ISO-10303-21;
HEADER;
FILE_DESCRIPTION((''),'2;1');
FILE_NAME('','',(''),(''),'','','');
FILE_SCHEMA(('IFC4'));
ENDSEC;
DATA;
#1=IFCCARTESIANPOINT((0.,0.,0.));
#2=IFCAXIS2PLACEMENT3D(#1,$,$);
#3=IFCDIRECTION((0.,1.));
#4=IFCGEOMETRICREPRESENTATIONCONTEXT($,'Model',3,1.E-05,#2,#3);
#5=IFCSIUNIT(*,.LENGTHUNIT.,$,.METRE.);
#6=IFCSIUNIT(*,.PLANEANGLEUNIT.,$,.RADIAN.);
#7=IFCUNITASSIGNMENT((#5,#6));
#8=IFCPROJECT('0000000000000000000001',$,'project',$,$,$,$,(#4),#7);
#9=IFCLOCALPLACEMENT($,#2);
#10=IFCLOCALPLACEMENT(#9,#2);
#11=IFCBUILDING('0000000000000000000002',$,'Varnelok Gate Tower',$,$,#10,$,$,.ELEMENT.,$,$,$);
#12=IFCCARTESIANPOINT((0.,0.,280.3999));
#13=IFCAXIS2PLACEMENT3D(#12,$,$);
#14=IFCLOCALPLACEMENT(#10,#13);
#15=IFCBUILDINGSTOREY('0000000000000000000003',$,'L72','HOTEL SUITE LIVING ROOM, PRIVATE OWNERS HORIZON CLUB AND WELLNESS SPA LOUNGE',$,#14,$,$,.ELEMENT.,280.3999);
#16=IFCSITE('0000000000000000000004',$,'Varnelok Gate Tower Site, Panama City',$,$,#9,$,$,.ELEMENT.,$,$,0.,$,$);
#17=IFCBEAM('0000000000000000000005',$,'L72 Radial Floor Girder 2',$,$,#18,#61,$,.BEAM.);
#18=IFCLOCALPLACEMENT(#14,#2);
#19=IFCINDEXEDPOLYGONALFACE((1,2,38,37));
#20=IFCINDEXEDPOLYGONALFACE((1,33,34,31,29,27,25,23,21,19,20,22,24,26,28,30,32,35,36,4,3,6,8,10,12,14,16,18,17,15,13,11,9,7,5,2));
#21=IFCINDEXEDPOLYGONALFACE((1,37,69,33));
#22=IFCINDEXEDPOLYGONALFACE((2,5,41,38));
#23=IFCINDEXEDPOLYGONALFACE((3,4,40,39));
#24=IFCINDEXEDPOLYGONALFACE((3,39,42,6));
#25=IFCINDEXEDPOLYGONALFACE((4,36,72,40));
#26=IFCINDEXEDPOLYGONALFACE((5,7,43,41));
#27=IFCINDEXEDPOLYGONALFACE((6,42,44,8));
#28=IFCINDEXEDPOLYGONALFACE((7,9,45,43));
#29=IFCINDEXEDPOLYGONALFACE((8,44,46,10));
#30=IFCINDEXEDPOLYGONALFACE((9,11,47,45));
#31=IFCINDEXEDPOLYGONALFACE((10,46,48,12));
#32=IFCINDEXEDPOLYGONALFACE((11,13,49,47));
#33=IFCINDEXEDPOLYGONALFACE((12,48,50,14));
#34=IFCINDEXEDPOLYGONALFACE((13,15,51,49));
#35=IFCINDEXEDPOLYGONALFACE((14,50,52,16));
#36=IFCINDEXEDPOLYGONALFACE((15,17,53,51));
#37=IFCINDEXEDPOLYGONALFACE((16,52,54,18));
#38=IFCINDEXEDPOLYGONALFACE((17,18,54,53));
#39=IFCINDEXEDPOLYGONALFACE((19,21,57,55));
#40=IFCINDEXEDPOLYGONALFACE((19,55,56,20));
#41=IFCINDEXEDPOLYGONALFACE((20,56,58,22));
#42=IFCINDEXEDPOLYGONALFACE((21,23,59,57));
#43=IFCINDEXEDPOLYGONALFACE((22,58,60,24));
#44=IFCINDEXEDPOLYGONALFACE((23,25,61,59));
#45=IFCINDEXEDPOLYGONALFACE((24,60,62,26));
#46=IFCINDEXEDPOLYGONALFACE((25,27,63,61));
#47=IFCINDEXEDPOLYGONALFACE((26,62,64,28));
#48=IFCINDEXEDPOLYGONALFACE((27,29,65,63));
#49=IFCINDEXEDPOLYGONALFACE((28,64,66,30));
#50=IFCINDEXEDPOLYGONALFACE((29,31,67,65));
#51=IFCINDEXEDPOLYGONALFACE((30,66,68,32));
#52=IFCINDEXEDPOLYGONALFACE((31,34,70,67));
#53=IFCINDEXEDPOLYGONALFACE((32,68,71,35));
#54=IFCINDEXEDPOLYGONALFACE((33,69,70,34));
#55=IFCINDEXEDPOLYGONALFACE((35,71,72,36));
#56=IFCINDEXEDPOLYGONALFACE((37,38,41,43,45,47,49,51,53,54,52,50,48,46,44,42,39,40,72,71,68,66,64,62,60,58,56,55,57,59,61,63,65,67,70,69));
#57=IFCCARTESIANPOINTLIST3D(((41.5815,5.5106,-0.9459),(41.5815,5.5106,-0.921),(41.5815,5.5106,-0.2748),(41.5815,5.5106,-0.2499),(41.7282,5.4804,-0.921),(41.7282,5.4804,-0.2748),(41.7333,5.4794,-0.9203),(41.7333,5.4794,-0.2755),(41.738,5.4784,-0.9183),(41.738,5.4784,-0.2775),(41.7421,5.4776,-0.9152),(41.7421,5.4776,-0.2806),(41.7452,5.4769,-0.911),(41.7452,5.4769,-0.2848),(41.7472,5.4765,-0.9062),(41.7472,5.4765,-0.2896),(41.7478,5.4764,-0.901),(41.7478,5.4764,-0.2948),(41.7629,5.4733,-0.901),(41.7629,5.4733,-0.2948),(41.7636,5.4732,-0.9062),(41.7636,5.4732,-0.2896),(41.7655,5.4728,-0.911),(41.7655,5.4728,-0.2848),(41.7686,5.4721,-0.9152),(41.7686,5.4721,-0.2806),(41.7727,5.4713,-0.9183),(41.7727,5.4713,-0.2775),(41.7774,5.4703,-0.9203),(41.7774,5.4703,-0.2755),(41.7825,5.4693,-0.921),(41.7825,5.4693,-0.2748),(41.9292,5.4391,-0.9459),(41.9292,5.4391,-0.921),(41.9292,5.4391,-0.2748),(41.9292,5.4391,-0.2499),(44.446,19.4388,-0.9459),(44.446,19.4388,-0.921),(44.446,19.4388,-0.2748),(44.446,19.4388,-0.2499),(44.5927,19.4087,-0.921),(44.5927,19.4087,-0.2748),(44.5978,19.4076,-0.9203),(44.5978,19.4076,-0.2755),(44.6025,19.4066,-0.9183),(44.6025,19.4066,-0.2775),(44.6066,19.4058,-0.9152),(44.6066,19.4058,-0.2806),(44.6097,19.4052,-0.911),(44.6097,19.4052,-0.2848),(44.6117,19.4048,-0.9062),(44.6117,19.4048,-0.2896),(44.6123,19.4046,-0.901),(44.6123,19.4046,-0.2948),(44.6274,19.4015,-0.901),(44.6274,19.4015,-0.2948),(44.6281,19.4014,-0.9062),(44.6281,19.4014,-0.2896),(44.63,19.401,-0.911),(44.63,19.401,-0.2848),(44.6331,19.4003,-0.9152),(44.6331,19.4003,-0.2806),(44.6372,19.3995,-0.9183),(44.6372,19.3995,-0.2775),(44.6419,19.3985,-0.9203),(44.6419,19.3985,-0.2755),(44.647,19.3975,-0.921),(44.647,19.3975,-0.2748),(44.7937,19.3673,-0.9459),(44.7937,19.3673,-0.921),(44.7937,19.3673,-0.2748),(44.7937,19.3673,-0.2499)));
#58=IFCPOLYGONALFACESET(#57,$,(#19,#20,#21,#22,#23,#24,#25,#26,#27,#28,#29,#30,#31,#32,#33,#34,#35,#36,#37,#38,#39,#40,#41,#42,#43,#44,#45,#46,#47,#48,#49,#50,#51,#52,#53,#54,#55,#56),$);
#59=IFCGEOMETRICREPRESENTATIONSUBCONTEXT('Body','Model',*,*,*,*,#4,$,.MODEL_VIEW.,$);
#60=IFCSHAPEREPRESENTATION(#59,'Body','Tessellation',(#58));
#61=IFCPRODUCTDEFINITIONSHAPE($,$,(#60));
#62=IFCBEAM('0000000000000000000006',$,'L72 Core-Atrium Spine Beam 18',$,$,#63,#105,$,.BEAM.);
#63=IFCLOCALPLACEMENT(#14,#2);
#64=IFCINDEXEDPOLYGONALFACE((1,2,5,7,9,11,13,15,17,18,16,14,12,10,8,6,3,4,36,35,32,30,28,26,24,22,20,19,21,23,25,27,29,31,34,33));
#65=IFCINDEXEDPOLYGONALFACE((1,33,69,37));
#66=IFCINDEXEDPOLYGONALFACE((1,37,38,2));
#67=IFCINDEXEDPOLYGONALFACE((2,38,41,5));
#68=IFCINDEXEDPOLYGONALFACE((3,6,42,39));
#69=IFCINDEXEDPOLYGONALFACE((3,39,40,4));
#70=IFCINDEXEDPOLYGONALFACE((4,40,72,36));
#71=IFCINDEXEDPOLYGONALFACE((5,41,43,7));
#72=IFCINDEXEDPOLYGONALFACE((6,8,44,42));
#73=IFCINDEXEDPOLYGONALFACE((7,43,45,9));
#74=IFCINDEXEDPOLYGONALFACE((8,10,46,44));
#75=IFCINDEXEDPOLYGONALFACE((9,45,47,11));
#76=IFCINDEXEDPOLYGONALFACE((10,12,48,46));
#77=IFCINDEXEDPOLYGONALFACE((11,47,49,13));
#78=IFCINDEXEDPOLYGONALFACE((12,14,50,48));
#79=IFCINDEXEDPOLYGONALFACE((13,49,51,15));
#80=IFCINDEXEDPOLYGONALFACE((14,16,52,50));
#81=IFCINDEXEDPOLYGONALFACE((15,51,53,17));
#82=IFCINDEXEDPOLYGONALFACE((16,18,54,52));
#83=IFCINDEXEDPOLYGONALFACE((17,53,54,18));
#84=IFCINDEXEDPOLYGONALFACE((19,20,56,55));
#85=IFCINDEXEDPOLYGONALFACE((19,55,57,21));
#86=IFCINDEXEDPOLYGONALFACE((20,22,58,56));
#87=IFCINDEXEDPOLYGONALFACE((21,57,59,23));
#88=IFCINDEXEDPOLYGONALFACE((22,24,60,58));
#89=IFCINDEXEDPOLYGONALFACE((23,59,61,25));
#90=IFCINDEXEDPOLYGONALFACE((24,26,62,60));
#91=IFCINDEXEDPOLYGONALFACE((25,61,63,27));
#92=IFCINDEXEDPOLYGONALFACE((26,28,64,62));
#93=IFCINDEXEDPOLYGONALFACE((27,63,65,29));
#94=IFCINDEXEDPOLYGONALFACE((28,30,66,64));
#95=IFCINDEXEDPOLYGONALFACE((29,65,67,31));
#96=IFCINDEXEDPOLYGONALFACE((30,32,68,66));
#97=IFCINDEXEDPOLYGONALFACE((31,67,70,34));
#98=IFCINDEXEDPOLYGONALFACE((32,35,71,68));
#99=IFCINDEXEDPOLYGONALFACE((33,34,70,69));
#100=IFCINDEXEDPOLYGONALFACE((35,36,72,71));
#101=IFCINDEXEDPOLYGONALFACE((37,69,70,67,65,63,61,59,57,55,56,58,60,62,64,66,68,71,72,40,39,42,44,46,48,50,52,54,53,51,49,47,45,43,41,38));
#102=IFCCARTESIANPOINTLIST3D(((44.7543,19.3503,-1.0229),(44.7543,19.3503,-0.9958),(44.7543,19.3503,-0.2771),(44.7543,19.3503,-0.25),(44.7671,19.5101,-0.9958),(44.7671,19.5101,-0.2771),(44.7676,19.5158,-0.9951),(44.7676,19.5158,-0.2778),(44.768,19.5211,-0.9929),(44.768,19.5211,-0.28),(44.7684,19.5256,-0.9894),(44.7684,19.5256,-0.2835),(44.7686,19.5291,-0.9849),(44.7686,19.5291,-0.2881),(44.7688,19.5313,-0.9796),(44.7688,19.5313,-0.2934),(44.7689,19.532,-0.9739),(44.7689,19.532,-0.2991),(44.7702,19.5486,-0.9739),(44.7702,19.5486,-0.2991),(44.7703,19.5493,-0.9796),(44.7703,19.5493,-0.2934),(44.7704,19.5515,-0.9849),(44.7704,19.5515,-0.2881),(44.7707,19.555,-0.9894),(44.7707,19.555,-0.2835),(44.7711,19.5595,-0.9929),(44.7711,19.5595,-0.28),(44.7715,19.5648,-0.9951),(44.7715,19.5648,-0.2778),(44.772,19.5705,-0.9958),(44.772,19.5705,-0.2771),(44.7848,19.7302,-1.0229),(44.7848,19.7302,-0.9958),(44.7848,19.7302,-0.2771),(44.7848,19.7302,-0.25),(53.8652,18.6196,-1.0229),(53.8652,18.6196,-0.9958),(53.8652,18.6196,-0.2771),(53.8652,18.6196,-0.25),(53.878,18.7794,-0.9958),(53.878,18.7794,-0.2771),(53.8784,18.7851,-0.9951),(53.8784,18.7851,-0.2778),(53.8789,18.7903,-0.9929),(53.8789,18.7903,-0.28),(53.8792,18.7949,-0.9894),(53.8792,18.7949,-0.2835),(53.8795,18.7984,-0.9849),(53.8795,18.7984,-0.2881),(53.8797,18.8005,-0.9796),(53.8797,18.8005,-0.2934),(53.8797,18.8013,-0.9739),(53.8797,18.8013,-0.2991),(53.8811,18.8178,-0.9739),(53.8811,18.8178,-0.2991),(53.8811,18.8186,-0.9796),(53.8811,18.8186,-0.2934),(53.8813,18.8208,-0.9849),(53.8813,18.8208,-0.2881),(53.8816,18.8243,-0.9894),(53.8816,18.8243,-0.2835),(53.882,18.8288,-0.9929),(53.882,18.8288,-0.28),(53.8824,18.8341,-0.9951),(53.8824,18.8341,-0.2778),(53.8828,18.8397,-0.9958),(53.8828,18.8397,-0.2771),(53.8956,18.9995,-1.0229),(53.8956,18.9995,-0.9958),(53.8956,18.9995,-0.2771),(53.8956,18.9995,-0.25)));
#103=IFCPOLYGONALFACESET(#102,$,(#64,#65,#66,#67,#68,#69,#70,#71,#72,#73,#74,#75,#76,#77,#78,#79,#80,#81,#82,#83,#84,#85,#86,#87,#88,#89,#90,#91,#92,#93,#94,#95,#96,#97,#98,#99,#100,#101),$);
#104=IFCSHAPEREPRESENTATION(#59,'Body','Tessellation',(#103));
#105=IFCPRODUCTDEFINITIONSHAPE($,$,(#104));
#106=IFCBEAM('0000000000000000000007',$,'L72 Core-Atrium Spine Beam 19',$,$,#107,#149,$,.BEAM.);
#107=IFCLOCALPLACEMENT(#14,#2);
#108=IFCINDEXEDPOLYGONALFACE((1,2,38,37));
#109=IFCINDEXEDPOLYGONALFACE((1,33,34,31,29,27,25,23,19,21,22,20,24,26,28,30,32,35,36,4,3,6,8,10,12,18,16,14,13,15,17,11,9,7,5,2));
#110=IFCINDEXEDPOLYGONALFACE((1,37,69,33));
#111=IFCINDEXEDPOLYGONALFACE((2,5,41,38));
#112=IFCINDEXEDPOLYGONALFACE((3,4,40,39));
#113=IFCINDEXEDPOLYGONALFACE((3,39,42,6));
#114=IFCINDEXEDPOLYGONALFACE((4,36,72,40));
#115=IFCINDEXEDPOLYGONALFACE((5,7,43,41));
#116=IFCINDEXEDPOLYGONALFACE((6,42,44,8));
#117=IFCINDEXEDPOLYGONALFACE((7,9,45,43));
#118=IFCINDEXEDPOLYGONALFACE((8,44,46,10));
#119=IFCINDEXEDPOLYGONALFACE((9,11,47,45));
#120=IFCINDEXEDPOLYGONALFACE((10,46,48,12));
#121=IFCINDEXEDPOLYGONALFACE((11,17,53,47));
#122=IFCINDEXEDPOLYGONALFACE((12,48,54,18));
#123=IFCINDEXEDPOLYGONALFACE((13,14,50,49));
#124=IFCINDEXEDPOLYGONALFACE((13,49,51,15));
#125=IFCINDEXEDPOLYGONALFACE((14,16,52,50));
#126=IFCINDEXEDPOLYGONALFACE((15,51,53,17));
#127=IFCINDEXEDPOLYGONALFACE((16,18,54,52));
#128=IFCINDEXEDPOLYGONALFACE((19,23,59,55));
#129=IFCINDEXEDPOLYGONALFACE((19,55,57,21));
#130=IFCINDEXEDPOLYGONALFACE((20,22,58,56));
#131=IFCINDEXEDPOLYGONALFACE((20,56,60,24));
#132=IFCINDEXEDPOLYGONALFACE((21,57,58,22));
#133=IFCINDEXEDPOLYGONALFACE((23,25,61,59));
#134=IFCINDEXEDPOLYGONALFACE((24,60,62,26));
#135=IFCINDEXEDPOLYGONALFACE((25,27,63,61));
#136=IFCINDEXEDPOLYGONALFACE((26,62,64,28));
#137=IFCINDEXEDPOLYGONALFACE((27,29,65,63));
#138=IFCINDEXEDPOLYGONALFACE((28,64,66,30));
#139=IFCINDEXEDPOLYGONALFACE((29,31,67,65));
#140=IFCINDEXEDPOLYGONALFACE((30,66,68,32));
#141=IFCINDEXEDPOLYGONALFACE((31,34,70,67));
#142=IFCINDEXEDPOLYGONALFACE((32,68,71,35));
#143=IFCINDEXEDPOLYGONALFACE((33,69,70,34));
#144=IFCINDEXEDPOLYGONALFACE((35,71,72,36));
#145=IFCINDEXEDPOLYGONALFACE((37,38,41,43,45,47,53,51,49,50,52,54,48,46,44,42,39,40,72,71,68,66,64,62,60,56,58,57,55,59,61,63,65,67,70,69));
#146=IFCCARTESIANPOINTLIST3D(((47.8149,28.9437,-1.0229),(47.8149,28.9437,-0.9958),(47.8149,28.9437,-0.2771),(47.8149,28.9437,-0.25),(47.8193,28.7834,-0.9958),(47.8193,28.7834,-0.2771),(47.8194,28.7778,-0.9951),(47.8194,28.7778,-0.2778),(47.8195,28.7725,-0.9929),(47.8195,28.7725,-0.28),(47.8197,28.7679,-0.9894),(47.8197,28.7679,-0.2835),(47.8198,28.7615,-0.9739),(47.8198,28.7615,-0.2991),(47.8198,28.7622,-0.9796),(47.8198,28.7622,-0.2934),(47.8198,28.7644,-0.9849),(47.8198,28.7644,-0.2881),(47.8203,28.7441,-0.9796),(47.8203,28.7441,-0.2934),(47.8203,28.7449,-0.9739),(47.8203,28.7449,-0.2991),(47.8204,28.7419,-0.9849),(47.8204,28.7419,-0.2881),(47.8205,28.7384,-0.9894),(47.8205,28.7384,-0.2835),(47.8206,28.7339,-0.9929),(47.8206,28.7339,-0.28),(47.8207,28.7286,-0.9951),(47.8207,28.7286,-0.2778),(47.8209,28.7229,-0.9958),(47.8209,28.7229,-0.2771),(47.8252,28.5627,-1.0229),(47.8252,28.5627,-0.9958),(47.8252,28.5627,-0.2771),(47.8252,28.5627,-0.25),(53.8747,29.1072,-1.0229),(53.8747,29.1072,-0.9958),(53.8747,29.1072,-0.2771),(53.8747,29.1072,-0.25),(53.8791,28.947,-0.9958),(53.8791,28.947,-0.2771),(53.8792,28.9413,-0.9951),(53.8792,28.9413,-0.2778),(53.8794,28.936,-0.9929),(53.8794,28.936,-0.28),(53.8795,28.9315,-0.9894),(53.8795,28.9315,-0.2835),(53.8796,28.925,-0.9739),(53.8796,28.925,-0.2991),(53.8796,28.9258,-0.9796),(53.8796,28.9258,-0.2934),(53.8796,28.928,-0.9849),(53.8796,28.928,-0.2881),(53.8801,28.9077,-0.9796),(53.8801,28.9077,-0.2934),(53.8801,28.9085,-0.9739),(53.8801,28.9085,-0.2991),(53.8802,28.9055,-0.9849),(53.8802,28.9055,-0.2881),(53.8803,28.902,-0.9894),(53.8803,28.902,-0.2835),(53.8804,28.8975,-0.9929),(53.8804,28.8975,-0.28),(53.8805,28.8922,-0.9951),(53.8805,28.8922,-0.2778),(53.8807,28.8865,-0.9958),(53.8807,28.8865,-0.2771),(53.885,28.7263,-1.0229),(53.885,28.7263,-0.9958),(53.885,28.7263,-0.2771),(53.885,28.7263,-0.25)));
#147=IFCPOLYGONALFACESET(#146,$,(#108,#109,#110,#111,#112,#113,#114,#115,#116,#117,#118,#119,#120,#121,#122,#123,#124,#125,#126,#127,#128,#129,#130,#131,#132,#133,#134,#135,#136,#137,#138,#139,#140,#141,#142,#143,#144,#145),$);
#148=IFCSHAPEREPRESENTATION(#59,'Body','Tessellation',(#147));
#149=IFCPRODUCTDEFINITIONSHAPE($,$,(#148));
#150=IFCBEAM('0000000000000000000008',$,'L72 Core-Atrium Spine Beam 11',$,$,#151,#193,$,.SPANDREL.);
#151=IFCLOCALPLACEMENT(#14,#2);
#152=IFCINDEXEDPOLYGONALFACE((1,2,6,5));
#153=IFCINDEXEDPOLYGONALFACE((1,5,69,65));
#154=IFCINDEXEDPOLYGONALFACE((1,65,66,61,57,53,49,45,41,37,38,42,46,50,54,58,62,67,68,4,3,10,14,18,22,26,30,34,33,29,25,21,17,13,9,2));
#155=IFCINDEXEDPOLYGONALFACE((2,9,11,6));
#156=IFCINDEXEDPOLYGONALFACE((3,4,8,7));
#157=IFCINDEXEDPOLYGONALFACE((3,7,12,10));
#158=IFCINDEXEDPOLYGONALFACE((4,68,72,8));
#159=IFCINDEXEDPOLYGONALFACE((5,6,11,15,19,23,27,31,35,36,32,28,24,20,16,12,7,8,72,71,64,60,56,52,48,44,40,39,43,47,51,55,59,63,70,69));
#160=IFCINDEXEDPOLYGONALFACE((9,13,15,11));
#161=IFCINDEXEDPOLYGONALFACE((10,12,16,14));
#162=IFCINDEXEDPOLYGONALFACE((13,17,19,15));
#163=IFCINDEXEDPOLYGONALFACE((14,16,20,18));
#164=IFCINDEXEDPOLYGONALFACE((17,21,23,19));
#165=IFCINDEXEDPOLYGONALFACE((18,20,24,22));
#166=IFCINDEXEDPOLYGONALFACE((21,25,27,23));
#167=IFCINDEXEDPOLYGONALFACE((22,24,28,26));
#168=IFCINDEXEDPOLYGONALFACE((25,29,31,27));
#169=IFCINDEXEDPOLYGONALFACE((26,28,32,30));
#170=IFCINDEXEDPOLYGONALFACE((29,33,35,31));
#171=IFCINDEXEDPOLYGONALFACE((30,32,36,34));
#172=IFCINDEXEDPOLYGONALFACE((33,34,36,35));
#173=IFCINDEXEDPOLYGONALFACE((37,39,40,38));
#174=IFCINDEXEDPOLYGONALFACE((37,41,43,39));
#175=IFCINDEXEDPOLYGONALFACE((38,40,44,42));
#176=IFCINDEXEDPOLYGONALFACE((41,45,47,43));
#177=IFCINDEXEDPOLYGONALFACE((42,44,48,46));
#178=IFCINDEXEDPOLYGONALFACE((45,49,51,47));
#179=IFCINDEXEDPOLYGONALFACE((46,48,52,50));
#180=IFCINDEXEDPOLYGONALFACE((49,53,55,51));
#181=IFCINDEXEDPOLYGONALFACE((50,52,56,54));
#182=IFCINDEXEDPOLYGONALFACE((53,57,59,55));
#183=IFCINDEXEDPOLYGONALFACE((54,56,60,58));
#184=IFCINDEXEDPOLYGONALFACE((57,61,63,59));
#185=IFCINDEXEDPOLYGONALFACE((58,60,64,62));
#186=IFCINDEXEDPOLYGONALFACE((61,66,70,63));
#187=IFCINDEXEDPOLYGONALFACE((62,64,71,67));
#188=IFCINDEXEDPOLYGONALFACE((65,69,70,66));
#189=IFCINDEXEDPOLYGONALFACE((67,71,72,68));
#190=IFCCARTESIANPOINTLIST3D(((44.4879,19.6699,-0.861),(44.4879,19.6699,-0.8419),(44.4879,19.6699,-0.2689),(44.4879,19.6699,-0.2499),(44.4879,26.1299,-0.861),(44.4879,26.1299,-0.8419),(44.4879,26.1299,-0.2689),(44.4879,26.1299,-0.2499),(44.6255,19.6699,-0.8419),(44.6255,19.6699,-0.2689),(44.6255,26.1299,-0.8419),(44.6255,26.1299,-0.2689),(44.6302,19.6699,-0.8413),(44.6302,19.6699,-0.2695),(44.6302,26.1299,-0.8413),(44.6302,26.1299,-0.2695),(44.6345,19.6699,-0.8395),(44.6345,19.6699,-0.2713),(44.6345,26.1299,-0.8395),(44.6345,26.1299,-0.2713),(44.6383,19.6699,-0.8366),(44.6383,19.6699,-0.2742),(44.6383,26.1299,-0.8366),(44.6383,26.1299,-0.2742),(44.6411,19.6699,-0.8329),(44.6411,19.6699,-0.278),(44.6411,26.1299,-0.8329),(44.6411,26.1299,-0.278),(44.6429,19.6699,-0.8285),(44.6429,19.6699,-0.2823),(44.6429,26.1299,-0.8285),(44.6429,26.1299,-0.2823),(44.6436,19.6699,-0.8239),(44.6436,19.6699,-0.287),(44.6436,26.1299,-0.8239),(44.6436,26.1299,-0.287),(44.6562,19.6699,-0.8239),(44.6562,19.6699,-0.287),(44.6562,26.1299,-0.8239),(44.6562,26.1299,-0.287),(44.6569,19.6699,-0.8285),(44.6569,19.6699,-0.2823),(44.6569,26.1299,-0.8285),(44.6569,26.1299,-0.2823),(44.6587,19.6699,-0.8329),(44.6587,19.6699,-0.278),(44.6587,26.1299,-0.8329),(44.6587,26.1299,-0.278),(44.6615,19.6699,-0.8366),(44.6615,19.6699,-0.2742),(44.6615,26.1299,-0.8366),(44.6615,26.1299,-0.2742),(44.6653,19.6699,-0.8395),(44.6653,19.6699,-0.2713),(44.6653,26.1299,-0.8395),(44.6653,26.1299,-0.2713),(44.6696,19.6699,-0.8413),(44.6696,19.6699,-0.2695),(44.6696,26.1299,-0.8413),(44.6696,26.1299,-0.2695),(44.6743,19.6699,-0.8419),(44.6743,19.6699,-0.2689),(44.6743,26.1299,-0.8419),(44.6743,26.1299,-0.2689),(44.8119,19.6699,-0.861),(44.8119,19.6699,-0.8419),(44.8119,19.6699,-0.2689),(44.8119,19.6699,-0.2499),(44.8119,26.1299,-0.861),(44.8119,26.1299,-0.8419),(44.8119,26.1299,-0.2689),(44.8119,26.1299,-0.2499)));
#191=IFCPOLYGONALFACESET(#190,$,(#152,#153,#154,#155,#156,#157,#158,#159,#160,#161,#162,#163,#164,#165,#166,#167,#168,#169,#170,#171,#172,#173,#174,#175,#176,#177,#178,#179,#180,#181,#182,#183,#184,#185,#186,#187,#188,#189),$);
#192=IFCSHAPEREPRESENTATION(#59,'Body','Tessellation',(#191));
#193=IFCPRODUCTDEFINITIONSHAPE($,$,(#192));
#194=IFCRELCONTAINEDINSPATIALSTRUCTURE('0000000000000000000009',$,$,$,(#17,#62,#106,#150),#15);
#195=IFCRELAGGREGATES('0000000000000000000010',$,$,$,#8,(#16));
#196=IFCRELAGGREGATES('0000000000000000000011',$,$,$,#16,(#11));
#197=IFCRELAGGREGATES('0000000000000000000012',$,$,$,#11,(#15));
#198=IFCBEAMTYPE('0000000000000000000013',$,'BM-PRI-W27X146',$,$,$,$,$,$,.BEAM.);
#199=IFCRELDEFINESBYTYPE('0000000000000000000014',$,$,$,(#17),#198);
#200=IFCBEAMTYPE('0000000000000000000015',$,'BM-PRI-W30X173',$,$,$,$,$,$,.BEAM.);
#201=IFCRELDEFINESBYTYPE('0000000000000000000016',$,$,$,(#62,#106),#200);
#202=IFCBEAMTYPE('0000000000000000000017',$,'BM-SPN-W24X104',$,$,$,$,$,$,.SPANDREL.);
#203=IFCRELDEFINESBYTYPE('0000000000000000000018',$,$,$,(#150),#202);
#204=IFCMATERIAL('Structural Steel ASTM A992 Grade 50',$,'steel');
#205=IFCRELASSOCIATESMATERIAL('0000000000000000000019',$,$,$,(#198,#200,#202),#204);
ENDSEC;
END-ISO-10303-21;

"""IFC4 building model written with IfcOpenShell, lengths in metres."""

from ifc_helpers import new_model, si_unit, direction, frame, origin, origin_2d, place, context, subcontext, project, spatial, i_section, extrude, material, material_profile, profile_set, type_object, element, save


model = new_model("IFC4")

# Units and contexts
model_context = context("Model", 3, precision=1e-05, world=origin(), true_north=direction((0.0, 1.0)))
body_context = subcontext(model_context, "Body", "Model", "MODEL_VIEW")
ifc_project = project(units=[si_unit("LENGTHUNIT", "METRE"), si_unit("PLANEANGLEUNIT", "RADIAN")], contexts=[model_context])

# Site, building, storey
site_placement = place(None, origin())
site = spatial("IfcSite", under=ifc_project, at=site_placement, Name="Varnelok Gate Tower Site, Panama City", CompositionType="ELEMENT", RefElevation=0.0)
building_placement = place(site_placement, origin())
building = spatial("IfcBuilding", under=site, at=building_placement, Name="Varnelok Gate Tower", CompositionType="ELEMENT")
storey_placement = place(building_placement, frame((0.0, 0.0, 280.3999)))
storey = spatial("IfcBuildingStorey", under=building, at=storey_placement, Name="L72", Description="HOTEL SUITE LIVING ROOM, PRIVATE OWNERS HORIZON CLUB AND WELLNESS SPA LOUNGE", CompositionType="ELEMENT", Elevation=280.3999)

# Shared definitions
ifc_material_1 = material(Name="Structural Steel ASTM A992 Grade 50", Category="steel")

# Beams
ifc_material_profile_1 = material_profile(ifc_material_1, i_section(OverallWidth=0.355, OverallDepth=0.696, WebThickness=0.0154, FlangeThickness=0.0249, FilletRadius=0.02, at=origin_2d()), Name="W27X146")
ifc_profile_set_1 = profile_set([ifc_material_profile_1], Name="Structural Steel ASTM A992 Grade 50")
beam_type_1 = type_object("IfcBeamType", Name="BM-PRI-W27X146", PredefinedType="BEAM", material=ifc_profile_set_1)
beam_1_placement = place(storey_placement, frame((44.6199, 19.4031, -0.5979), z_axis=(-0.201446, -0.9795, 0.0), x_axis=(0.9795, -0.201446, 0.0)))
element("IfcBeam", 1, at=beam_1_placement, inside=storey, type_object=beam_type_1, Name="L72 Radial Floor Girder 2", PredefinedType="BEAM", context=body_context, shape_type="SweptSolid", body=[
    extrude(i_section(OverallWidth=0.355, OverallDepth=0.696, WebThickness=0.0154, FlangeThickness=0.0249, FilletRadius=0.02, at=origin_2d()), origin(), (0.0, 0.0, 1.0), 14.2197),
])
ifc_material_profile_2 = material_profile(ifc_material_1, i_section(OverallWidth=0.3811, OverallDepth=0.7729, WebThickness=0.0166, FlangeThickness=0.0271, FilletRadius=0.022, at=origin_2d()), Name="W30X173")
ifc_profile_set_2 = profile_set([ifc_material_profile_2], Name="Structural Steel ASTM A992 Grade 50")
beam_type_2 = type_object("IfcBeamType", Name="BM-PRI-W30X173", PredefinedType="BEAM", material=ifc_profile_set_2)
beam_2_placement = place(storey_placement, frame((44.7695, 19.5403, -0.6365), z_axis=(0.996799, -0.079946, 0.0), x_axis=(0.079946, 0.996799, 0.0)))
element("IfcBeam", 2, at=beam_2_placement, inside=storey, type_object=beam_type_2, Name="L72 Core-Atrium Spine Beam 18", PredefinedType="BEAM", context=body_context, shape_type="SweptSolid", body=[
    extrude(i_section(OverallWidth=0.3811, OverallDepth=0.7729, WebThickness=0.0166, FlangeThickness=0.0271, FilletRadius=0.022, at=origin_2d()), origin(), (0.0, 0.0, 1.0), 9.1401),
])
beam_3_placement = place(storey_placement, frame((47.8201, 28.7532, -0.6365), z_axis=(0.999636, 0.026983, 0.0), x_axis=(-0.026983, 0.999636, 0.0)))
element("IfcBeam", 3, at=beam_3_placement, inside=storey, type_object=beam_type_2, Name="L72 Core-Atrium Spine Beam 19", PredefinedType="BEAM", context=body_context, shape_type="SweptSolid", body=[
    extrude(i_section(OverallWidth=0.3811, OverallDepth=0.7729, WebThickness=0.0166, FlangeThickness=0.0271, FilletRadius=0.022, at=origin_2d()), origin(), (0.0, 0.0, 1.0), 6.062),
])
ifc_material_profile_3 = material_profile(ifc_material_1, i_section(OverallWidth=0.324, OverallDepth=0.6111, WebThickness=0.0127, FlangeThickness=0.019, FilletRadius=0.0181, at=origin_2d()), Name="W24X104")
ifc_profile_set_3 = profile_set([ifc_material_profile_3], Name="Structural Steel ASTM A992 Grade 50")
beam_type_3 = type_object("IfcBeamType", Name="BM-SPN-W24X104", PredefinedType="SPANDREL", material=ifc_profile_set_3)
beam_4_placement = place(storey_placement, frame((44.6499, 19.6699, -0.5554), z_axis=(0.0, 1.0, 0.0), x_axis=(-1.0, 0.0, 0.0)))
element("IfcBeam", 4, at=beam_4_placement, inside=storey, type_object=beam_type_3, Name="L72 Core-Atrium Spine Beam 11", PredefinedType="SPANDREL", context=body_context, shape_type="SweptSolid", body=[
    extrude(i_section(OverallWidth=0.324, OverallDepth=0.6111, WebThickness=0.0127, FlangeThickness=0.019, FilletRadius=0.0181, at=origin_2d()), origin(), (0.0, 0.0, 1.0), 6.46),
])

save(model, "model.ifc")
